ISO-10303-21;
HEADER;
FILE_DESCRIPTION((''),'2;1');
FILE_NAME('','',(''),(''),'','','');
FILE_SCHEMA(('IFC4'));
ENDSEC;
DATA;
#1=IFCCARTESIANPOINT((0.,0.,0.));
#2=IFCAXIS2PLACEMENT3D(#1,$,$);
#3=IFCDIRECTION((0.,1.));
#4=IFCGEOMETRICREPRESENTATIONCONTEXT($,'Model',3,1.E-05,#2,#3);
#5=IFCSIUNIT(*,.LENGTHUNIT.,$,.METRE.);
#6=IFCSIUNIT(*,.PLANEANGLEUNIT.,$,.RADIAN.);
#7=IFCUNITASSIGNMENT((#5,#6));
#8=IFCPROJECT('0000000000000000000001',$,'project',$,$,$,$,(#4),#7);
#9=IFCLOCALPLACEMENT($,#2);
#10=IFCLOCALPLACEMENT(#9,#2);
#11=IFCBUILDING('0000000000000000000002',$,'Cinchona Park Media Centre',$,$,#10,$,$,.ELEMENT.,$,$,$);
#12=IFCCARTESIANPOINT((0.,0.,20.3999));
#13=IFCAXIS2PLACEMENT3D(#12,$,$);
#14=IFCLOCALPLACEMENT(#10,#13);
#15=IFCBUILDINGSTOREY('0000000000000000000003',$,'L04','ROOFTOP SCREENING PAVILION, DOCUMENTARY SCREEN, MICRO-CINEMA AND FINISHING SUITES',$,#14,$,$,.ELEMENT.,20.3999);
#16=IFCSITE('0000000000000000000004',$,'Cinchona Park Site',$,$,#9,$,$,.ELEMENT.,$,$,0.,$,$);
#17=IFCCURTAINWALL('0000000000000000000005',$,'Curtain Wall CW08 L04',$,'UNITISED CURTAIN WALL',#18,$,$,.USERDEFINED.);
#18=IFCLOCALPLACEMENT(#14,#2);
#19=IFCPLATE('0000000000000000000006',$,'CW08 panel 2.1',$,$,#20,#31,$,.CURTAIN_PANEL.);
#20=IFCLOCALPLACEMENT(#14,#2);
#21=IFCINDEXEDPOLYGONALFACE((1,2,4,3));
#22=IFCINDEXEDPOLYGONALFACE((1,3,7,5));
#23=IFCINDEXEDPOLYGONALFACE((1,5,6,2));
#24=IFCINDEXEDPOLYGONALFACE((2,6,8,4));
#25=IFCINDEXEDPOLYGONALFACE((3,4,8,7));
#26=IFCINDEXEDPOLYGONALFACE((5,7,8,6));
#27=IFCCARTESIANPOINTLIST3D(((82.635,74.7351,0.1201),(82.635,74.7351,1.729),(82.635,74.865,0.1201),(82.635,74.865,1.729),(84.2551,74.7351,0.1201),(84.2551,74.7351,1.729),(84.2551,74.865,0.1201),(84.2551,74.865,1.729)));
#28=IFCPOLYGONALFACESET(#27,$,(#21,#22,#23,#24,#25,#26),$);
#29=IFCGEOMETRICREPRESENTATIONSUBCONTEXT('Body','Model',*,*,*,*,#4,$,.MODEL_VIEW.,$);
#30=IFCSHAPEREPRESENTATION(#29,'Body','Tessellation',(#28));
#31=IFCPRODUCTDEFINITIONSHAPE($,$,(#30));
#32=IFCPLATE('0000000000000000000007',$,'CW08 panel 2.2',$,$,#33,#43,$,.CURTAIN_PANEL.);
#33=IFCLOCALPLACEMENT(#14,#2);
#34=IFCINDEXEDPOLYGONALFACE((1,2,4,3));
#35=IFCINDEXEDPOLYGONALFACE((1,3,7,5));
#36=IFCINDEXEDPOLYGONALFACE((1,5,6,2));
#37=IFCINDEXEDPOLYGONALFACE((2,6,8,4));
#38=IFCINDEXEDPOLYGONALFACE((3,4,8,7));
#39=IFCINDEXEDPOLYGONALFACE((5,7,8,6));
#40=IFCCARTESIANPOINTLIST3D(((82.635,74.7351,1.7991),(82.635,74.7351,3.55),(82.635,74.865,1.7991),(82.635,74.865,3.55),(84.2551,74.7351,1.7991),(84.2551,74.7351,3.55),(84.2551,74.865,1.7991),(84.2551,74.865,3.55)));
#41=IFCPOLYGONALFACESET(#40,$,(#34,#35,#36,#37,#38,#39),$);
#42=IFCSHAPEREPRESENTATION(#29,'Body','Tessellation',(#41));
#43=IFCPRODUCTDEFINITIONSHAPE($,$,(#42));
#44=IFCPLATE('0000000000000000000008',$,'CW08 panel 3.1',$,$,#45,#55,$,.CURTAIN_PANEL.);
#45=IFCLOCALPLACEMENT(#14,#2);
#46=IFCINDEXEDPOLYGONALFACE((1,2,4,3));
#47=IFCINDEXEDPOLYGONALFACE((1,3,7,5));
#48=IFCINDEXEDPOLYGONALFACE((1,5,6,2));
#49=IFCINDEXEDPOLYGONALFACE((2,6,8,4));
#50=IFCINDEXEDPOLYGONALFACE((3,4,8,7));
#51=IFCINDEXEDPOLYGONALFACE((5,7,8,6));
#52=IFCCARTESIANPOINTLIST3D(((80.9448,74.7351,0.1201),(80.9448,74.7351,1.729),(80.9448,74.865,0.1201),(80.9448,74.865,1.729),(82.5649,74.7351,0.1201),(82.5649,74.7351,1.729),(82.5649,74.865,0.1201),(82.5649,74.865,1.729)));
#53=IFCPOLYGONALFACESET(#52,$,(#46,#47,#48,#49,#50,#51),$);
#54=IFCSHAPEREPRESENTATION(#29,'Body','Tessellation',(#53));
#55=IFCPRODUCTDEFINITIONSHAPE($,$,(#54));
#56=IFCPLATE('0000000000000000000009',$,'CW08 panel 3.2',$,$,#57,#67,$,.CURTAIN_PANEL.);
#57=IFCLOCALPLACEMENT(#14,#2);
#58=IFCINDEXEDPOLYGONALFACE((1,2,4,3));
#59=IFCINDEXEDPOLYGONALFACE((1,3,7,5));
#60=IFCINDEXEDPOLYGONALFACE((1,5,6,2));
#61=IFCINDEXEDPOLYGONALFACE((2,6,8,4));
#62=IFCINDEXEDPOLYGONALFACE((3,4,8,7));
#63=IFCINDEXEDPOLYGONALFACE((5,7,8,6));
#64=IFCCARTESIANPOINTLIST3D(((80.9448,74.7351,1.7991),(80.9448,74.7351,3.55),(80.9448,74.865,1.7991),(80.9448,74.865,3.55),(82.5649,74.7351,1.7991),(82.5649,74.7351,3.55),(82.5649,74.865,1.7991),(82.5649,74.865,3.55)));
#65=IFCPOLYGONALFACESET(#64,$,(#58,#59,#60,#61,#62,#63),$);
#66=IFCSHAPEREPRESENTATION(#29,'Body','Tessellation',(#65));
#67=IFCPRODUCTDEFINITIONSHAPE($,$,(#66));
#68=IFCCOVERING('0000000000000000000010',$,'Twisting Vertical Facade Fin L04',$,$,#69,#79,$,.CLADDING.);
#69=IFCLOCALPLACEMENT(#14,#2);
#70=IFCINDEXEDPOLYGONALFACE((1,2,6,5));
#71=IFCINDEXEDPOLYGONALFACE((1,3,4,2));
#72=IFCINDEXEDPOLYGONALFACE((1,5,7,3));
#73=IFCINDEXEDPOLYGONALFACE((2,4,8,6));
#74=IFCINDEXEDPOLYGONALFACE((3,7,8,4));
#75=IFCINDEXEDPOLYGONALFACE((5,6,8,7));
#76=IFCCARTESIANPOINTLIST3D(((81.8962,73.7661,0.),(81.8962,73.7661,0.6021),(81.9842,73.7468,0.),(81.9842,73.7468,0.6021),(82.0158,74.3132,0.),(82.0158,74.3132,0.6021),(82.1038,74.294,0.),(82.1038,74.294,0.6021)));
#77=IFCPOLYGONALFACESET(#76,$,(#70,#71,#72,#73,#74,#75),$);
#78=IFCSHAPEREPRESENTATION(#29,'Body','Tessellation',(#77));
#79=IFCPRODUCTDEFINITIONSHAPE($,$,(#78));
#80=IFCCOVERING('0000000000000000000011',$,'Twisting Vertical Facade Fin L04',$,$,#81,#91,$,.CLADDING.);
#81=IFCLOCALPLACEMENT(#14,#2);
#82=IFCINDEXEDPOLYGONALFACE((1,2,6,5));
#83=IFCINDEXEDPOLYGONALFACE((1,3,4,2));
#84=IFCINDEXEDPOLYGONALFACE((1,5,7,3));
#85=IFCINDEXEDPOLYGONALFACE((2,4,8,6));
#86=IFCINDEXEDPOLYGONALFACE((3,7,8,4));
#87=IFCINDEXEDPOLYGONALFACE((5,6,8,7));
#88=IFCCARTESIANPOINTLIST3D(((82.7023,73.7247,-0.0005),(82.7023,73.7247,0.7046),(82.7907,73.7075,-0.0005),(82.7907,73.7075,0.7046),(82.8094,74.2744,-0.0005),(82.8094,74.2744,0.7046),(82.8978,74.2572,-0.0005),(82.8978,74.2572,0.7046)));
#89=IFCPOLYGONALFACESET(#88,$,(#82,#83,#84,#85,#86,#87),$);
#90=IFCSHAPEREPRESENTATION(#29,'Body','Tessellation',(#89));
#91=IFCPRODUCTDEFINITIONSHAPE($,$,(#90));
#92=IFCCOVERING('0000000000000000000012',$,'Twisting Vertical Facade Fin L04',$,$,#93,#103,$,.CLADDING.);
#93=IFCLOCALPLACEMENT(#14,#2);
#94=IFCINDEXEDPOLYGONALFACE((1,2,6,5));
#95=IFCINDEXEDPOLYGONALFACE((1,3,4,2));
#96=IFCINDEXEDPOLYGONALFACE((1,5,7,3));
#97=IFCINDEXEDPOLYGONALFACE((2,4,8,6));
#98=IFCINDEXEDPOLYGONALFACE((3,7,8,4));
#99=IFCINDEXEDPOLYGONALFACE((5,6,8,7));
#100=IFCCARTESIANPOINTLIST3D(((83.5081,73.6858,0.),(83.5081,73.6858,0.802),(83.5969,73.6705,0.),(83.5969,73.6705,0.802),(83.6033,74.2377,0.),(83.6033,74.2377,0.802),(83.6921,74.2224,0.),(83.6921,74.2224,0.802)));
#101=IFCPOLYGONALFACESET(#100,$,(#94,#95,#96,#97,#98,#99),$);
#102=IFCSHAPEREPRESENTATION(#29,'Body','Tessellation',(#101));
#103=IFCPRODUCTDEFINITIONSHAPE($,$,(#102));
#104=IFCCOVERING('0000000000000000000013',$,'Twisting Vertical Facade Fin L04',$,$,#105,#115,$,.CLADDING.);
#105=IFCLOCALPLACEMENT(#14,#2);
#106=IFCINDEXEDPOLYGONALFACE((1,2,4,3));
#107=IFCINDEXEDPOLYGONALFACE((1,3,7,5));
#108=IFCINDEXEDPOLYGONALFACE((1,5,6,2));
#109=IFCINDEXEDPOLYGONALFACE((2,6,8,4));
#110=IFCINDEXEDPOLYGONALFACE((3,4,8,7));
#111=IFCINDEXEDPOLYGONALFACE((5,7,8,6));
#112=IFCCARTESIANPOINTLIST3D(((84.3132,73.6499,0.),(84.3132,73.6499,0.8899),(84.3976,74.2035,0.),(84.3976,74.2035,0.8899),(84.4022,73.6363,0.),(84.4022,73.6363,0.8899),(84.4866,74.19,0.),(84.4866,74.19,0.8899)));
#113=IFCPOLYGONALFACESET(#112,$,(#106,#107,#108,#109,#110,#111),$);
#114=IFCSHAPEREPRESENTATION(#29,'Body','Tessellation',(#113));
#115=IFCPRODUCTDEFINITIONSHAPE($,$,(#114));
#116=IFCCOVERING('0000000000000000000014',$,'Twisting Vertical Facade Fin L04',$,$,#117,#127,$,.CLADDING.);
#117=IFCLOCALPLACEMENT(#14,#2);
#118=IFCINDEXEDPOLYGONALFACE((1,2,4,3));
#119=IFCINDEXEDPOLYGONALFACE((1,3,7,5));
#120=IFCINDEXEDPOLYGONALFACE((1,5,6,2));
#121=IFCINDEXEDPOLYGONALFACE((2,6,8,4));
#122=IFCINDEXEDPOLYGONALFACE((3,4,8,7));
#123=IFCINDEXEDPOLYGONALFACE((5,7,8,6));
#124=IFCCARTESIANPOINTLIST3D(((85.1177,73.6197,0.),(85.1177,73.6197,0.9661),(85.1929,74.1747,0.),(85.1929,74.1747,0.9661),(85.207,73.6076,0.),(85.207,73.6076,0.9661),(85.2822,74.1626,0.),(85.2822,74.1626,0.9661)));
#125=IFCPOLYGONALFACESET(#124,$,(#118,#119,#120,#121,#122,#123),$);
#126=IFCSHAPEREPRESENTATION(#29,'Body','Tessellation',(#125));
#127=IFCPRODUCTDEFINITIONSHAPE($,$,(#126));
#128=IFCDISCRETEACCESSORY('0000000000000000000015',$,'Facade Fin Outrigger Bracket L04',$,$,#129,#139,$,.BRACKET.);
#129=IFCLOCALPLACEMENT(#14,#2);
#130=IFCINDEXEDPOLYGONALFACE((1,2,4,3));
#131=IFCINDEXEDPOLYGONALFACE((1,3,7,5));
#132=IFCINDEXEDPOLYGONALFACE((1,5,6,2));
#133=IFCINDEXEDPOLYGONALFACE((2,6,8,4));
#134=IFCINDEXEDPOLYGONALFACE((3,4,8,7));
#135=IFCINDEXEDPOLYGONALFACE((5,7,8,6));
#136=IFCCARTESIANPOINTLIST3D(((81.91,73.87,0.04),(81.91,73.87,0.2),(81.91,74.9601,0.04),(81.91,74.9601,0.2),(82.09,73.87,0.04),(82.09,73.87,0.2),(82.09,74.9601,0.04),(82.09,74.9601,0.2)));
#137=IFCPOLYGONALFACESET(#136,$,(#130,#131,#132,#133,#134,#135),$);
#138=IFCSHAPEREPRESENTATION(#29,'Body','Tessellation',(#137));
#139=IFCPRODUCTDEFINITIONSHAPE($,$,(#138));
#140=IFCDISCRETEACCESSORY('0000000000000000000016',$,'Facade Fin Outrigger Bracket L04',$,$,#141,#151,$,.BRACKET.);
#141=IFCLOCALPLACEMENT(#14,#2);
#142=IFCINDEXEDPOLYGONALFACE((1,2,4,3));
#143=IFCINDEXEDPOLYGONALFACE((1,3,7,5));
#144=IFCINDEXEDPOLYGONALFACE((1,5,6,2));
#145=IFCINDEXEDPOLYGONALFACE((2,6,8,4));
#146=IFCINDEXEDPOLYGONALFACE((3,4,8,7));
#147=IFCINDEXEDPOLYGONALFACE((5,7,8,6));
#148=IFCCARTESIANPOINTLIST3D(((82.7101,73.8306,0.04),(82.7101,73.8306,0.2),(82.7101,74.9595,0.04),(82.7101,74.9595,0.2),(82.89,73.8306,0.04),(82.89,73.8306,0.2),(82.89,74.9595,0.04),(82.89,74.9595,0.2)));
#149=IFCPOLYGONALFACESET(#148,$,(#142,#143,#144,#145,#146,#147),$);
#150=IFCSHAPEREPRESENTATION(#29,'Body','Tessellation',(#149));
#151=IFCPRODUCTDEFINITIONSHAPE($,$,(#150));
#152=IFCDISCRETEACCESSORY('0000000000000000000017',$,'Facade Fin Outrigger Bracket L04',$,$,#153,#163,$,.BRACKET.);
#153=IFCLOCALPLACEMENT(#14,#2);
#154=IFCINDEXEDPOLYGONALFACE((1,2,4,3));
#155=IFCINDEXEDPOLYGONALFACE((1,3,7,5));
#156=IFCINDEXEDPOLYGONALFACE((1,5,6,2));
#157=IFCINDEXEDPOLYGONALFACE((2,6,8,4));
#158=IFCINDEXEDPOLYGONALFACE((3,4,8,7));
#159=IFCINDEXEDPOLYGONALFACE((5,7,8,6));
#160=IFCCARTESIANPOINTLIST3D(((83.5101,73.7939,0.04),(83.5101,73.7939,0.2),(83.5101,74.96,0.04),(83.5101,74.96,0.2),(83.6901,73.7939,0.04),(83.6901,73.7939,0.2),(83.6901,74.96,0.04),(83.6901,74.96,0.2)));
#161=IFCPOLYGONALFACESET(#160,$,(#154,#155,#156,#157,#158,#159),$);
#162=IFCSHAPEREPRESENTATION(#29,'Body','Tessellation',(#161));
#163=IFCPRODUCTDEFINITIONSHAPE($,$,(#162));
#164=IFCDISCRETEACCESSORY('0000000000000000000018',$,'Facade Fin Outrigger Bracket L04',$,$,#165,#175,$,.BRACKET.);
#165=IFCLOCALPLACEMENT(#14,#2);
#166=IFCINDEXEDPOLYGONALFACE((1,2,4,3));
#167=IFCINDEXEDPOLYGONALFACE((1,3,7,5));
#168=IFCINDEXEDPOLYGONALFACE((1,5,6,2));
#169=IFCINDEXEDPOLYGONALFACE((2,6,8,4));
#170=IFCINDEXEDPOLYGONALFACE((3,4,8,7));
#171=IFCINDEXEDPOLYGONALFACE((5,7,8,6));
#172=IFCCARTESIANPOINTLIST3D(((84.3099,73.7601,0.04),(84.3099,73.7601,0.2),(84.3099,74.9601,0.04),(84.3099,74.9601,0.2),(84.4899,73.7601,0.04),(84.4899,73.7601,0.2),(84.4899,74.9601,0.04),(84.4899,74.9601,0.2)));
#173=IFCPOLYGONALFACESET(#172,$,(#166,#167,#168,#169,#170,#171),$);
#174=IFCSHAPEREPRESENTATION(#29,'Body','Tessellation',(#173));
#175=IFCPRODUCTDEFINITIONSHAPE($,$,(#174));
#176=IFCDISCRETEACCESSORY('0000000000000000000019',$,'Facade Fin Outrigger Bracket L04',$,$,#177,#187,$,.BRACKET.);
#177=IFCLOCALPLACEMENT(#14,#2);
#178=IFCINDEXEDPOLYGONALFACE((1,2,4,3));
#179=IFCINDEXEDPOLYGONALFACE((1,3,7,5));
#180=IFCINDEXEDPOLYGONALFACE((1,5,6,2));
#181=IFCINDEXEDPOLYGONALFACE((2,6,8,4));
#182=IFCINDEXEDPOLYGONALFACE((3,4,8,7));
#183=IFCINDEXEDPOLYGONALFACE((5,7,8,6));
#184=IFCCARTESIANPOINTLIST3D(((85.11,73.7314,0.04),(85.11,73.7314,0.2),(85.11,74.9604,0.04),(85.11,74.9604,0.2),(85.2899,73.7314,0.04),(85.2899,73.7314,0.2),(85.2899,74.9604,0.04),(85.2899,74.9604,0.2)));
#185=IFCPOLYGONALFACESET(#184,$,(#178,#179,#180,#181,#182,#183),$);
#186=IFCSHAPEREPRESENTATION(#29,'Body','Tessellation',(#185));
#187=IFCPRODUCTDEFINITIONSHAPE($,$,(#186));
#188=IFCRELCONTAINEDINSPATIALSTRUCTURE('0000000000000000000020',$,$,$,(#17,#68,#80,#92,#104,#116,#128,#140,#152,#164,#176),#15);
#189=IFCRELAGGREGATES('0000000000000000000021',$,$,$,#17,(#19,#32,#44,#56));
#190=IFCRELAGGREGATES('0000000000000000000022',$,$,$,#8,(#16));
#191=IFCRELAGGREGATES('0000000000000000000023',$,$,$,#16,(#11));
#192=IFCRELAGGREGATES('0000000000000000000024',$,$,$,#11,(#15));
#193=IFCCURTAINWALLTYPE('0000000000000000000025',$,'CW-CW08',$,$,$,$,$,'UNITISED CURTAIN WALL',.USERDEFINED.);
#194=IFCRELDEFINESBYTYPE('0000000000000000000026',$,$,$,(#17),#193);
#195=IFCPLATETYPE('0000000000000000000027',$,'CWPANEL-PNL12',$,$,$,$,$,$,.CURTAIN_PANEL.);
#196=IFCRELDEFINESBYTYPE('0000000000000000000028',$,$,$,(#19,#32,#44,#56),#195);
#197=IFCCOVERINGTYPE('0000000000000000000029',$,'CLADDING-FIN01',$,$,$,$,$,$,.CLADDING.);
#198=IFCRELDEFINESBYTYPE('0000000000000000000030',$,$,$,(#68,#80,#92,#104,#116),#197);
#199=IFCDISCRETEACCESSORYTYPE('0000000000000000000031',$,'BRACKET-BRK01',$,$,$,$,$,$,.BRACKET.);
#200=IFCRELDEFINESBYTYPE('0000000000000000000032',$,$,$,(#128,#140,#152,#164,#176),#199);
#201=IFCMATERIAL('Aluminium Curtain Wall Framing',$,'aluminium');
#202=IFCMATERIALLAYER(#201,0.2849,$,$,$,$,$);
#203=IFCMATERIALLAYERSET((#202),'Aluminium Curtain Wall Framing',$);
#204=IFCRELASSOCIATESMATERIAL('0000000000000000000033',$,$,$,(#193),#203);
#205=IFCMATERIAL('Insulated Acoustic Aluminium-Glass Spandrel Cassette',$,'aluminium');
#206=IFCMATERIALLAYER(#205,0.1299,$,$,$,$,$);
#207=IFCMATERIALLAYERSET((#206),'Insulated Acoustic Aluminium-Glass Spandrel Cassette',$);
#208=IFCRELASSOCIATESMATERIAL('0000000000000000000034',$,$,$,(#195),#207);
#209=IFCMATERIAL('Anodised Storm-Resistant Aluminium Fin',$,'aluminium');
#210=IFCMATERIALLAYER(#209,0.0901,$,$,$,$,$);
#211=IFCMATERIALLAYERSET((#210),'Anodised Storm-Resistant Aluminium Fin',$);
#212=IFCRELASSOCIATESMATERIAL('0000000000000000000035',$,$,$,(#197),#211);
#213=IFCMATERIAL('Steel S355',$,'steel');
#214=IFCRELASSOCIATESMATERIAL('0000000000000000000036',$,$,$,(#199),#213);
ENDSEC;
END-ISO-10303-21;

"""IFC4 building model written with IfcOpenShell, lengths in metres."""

from ifc_helpers import new_model, si_unit, direction, frame, origin, origin_2d, place, context, subcontext, project, spatial, rectangle, extrude, material, layer, layer_set, type_object, element, aggregate, save


model = new_model("IFC4")

# Units and contexts
model_context = context("Model", 3, precision=1e-05, world=origin(), true_north=direction((0.0, 1.0)))
body_context = subcontext(model_context, "Body", "Model", "MODEL_VIEW")
ifc_project = project(units=[si_unit("LENGTHUNIT", "METRE"), si_unit("PLANEANGLEUNIT", "RADIAN")], contexts=[model_context])

# Site, building, storey
site_placement = place(None, origin())
site = spatial("IfcSite", under=ifc_project, at=site_placement, Name="Cinchona Park Site", CompositionType="ELEMENT", RefElevation=0.0)
building_placement = place(site_placement, origin())
building = spatial("IfcBuilding", under=site, at=building_placement, Name="Cinchona Park Media Centre", CompositionType="ELEMENT")
storey_placement = place(building_placement, frame((0.0, 0.0, 20.3999)))
storey = spatial("IfcBuildingStorey", under=building, at=storey_placement, Name="L04", Description="ROOFTOP SCREENING PAVILION, DOCUMENTARY SCREEN, MICRO-CINEMA AND FINISHING SUITES", CompositionType="ELEMENT", Elevation=20.3999)

# Curtain wall, plates
ifc_material_1 = material(Name="Aluminium Curtain Wall Framing", Category="aluminium")
ifc_layer_1 = layer(ifc_material_1, 0.2849)
ifc_layer_set_1 = layer_set([ifc_layer_1], Name="Aluminium Curtain Wall Framing")
curtain_wall_type = type_object("IfcCurtainWallType", Name="CW-CW08", ElementType="UNITISED CURTAIN WALL", PredefinedType="USERDEFINED", material=ifc_layer_set_1)
curtain_wall_placement = place(storey_placement, origin())
curtain_wall = element("IfcCurtainWall", 1, at=curtain_wall_placement, inside=storey, type_object=curtain_wall_type, Name="Curtain Wall CW08 L04", ObjectType="UNITISED CURTAIN WALL", PredefinedType="USERDEFINED")
ifc_material_2 = material(Name="Insulated Acoustic Aluminium-Glass Spandrel Cassette", Category="aluminium")
ifc_layer_2 = layer(ifc_material_2, 0.1299)
ifc_layer_set_2 = layer_set([ifc_layer_2], Name="Insulated Acoustic Aluminium-Glass Spandrel Cassette")
plate_type = type_object("IfcPlateType", Name="CWPANEL-PNL12", PredefinedType="CURTAIN_PANEL", material=ifc_layer_set_2)
plate_1_placement = place(storey_placement, frame((83.4451, 74.8, 0.1201), z_axis=(0.0, 0.0, 1.0), x_axis=(-1.0, 0.0, 0.0)))
plate_1 = element("IfcPlate", 2, at=plate_1_placement, type_object=plate_type, Name="CW08 panel 2.1", PredefinedType="CURTAIN_PANEL", context=body_context, shape_type="SweptSolid", body=[
    extrude(rectangle(XDim=1.6201, YDim=0.1299, at=origin_2d()), origin(), (0.0, 0.0, 1.0), 1.6089),
])
plate_2_placement = place(storey_placement, frame((83.4451, 74.8, 1.7991), z_axis=(0.0, 0.0, 1.0), x_axis=(-1.0, 0.0, 0.0)))
plate_2 = element("IfcPlate", 3, at=plate_2_placement, type_object=plate_type, Name="CW08 panel 2.2", PredefinedType="CURTAIN_PANEL", context=body_context, shape_type="SweptSolid", body=[
    extrude(rectangle(XDim=1.6201, YDim=0.1299, at=origin_2d()), origin(), (0.0, 0.0, 1.0), 1.751),
])
plate_3_placement = place(storey_placement, frame((81.7549, 74.8, 0.1201), z_axis=(0.0, 0.0, 1.0), x_axis=(-1.0, 0.0, 0.0)))
plate_3 = element("IfcPlate", 4, at=plate_3_placement, type_object=plate_type, Name="CW08 panel 3.1", PredefinedType="CURTAIN_PANEL", context=body_context, shape_type="SweptSolid", body=[
    extrude(rectangle(XDim=1.6201, YDim=0.1299, at=origin_2d()), origin(), (0.0, 0.0, 1.0), 1.6089),
])
plate_4_placement = place(storey_placement, frame((81.7549, 74.8, 1.7991), z_axis=(0.0, 0.0, 1.0), x_axis=(-1.0, 0.0, 0.0)))
plate_4 = element("IfcPlate", 5, at=plate_4_placement, type_object=plate_type, Name="CW08 panel 3.2", PredefinedType="CURTAIN_PANEL", context=body_context, shape_type="SweptSolid", body=[
    extrude(rectangle(XDim=1.6201, YDim=0.1299, at=origin_2d()), origin(), (0.0, 0.0, 1.0), 1.751),
])
aggregate(curtain_wall, [plate_1, plate_2, plate_3, plate_4])

# Coverings
ifc_material_3 = material(Name="Anodised Storm-Resistant Aluminium Fin", Category="aluminium")
ifc_layer_3 = layer(ifc_material_3, 0.0901)
ifc_layer_set_3 = layer_set([ifc_layer_3], Name="Anodised Storm-Resistant Aluminium Fin")
covering_type = type_object("IfcCoveringType", Name="CLADDING-FIN01", PredefinedType="CLADDING", material=ifc_layer_set_3)
covering_1_placement = place(storey_placement, frame((82.0, 74.03, 0.0), z_axis=(0.0, 0.0, 1.0), x_axis=(0.213542, 0.976934, 0.0)))
element("IfcCovering", 6, at=covering_1_placement, inside=storey, type_object=covering_type, Name="Twisting Vertical Facade Fin L04", PredefinedType="CLADDING", context=body_context, shape_type="SweptSolid", body=[
    extrude(rectangle(XDim=0.5601, YDim=0.0901, at=origin_2d()), origin(), (0.0, 0.0, 1.0), 0.6021),
])
covering_2_placement = place(storey_placement, frame((82.8, 73.991, -0.0005), z_axis=(0.0, 0.0, 1.0), x_axis=(0.191323, 0.981527, 0.0)))
element("IfcCovering", 7, at=covering_2_placement, inside=storey, type_object=covering_type, Name="Twisting Vertical Facade Fin L04", PredefinedType="CLADDING", context=body_context, shape_type="SweptSolid", body=[
    extrude(rectangle(XDim=0.5601, YDim=0.0901, at=origin_2d()), origin(), (0.0, 0.0, 1.0), 0.7051),
])
covering_3_placement = place(storey_placement, frame((83.6001, 73.9541, 0.0), z_axis=(0.0, 0.0, 1.0), x_axis=(0.170038, 0.985438, 0.0)))
element("IfcCovering", 8, at=covering_3_placement, inside=storey, type_object=covering_type, Name="Twisting Vertical Facade Fin L04", PredefinedType="CLADDING", context=body_context, shape_type="SweptSolid", body=[
    extrude(rectangle(XDim=0.5601, YDim=0.0901, at=origin_2d()), origin(), (0.0, 0.0, 1.0), 0.802),
])
covering_4_placement = place(storey_placement, frame((84.3999, 73.9199, 0.0), z_axis=(0.0, 0.0, 1.0), x_axis=(0.150743, 0.988573, 0.0)))
element("IfcCovering", 9, at=covering_4_placement, inside=storey, type_object=covering_type, Name="Twisting Vertical Facade Fin L04", PredefinedType="CLADDING", context=body_context, shape_type="SweptSolid", body=[
    extrude(rectangle(XDim=0.5601, YDim=0.0901, at=origin_2d()), origin(), (0.0, 0.0, 1.0), 0.8899),
])
covering_5_placement = place(storey_placement, frame((85.2, 73.8911, 0.0), z_axis=(0.0, 0.0, 1.0), x_axis=(0.134159, 0.99096, 0.0)))
element("IfcCovering", 10, at=covering_5_placement, inside=storey, type_object=covering_type, Name="Twisting Vertical Facade Fin L04", PredefinedType="CLADDING", context=body_context, shape_type="SweptSolid", body=[
    extrude(rectangle(XDim=0.5601, YDim=0.0901, at=origin_2d()), origin(), (0.0, 0.0, 1.0), 0.9661),
])

# Discrete accessories
ifc_material_4 = material(Name="Steel S355", Category="steel")
discrete_accessory_type = type_object("IfcDiscreteAccessoryType", Name="BRACKET-BRK01", PredefinedType="BRACKET", material=ifc_material_4)
discrete_accessory_1_placement = place(storey_placement, frame((82.0, 74.415, 0.04), z_axis=(0.0, 0.0, 1.0), x_axis=(1.0, 0.0, 0.0)))
element("IfcDiscreteAccessory", 11, at=discrete_accessory_1_placement, inside=storey, type_object=discrete_accessory_type, Name="Facade Fin Outrigger Bracket L04", PredefinedType="BRACKET", context=body_context, shape_type="SweptSolid", body=[
    extrude(rectangle(XDim=0.1799, YDim=1.0901, at=origin_2d()), origin(), (0.0, 0.0, 1.0), 0.1599),
])
discrete_accessory_2_placement = place(storey_placement, frame((82.8, 74.395, 0.04), z_axis=(0.0, 0.0, 1.0), x_axis=(1.0, 0.0, 0.0)))
element("IfcDiscreteAccessory", 12, at=discrete_accessory_2_placement, inside=storey, type_object=discrete_accessory_type, Name="Facade Fin Outrigger Bracket L04", PredefinedType="BRACKET", context=body_context, shape_type="SweptSolid", body=[
    extrude(rectangle(XDim=0.1799, YDim=1.1289, at=origin_2d()), origin(), (0.0, 0.0, 1.0), 0.1599),
])
discrete_accessory_3_placement = place(storey_placement, frame((83.6001, 74.377, 0.04), z_axis=(0.0, 0.0, 1.0), x_axis=(1.0, 0.0, 0.0)))
element("IfcDiscreteAccessory", 13, at=discrete_accessory_3_placement, inside=storey, type_object=discrete_accessory_type, Name="Facade Fin Outrigger Bracket L04", PredefinedType="BRACKET", context=body_context, shape_type="SweptSolid", body=[
    extrude(rectangle(XDim=0.1799, YDim=1.166, at=origin_2d()), origin(), (0.0, 0.0, 1.0), 0.1599),
])
discrete_accessory_4_placement = place(storey_placement, frame((84.3999, 74.3601, 0.04), z_axis=(0.0, 0.0, 1.0), x_axis=(1.0, 0.0, 0.0)))
element("IfcDiscreteAccessory", 14, at=discrete_accessory_4_placement, inside=storey, type_object=discrete_accessory_type, Name="Facade Fin Outrigger Bracket L04", PredefinedType="BRACKET", context=body_context, shape_type="SweptSolid", body=[
    extrude(rectangle(XDim=0.1799, YDim=1.2, at=origin_2d()), origin(), (0.0, 0.0, 1.0), 0.1599),
])
discrete_accessory_5_placement = place(storey_placement, frame((85.2, 74.3459, 0.04), z_axis=(0.0, 0.0, 1.0), x_axis=(1.0, 0.0, 0.0)))
element("IfcDiscreteAccessory", 15, at=discrete_accessory_5_placement, inside=storey, type_object=discrete_accessory_type, Name="Facade Fin Outrigger Bracket L04", PredefinedType="BRACKET", context=body_context, shape_type="SweptSolid", body=[
    extrude(rectangle(XDim=0.1799, YDim=1.229, at=origin_2d()), origin(), (0.0, 0.0, 1.0), 0.1599),
])

save(model, "model.ifc")
